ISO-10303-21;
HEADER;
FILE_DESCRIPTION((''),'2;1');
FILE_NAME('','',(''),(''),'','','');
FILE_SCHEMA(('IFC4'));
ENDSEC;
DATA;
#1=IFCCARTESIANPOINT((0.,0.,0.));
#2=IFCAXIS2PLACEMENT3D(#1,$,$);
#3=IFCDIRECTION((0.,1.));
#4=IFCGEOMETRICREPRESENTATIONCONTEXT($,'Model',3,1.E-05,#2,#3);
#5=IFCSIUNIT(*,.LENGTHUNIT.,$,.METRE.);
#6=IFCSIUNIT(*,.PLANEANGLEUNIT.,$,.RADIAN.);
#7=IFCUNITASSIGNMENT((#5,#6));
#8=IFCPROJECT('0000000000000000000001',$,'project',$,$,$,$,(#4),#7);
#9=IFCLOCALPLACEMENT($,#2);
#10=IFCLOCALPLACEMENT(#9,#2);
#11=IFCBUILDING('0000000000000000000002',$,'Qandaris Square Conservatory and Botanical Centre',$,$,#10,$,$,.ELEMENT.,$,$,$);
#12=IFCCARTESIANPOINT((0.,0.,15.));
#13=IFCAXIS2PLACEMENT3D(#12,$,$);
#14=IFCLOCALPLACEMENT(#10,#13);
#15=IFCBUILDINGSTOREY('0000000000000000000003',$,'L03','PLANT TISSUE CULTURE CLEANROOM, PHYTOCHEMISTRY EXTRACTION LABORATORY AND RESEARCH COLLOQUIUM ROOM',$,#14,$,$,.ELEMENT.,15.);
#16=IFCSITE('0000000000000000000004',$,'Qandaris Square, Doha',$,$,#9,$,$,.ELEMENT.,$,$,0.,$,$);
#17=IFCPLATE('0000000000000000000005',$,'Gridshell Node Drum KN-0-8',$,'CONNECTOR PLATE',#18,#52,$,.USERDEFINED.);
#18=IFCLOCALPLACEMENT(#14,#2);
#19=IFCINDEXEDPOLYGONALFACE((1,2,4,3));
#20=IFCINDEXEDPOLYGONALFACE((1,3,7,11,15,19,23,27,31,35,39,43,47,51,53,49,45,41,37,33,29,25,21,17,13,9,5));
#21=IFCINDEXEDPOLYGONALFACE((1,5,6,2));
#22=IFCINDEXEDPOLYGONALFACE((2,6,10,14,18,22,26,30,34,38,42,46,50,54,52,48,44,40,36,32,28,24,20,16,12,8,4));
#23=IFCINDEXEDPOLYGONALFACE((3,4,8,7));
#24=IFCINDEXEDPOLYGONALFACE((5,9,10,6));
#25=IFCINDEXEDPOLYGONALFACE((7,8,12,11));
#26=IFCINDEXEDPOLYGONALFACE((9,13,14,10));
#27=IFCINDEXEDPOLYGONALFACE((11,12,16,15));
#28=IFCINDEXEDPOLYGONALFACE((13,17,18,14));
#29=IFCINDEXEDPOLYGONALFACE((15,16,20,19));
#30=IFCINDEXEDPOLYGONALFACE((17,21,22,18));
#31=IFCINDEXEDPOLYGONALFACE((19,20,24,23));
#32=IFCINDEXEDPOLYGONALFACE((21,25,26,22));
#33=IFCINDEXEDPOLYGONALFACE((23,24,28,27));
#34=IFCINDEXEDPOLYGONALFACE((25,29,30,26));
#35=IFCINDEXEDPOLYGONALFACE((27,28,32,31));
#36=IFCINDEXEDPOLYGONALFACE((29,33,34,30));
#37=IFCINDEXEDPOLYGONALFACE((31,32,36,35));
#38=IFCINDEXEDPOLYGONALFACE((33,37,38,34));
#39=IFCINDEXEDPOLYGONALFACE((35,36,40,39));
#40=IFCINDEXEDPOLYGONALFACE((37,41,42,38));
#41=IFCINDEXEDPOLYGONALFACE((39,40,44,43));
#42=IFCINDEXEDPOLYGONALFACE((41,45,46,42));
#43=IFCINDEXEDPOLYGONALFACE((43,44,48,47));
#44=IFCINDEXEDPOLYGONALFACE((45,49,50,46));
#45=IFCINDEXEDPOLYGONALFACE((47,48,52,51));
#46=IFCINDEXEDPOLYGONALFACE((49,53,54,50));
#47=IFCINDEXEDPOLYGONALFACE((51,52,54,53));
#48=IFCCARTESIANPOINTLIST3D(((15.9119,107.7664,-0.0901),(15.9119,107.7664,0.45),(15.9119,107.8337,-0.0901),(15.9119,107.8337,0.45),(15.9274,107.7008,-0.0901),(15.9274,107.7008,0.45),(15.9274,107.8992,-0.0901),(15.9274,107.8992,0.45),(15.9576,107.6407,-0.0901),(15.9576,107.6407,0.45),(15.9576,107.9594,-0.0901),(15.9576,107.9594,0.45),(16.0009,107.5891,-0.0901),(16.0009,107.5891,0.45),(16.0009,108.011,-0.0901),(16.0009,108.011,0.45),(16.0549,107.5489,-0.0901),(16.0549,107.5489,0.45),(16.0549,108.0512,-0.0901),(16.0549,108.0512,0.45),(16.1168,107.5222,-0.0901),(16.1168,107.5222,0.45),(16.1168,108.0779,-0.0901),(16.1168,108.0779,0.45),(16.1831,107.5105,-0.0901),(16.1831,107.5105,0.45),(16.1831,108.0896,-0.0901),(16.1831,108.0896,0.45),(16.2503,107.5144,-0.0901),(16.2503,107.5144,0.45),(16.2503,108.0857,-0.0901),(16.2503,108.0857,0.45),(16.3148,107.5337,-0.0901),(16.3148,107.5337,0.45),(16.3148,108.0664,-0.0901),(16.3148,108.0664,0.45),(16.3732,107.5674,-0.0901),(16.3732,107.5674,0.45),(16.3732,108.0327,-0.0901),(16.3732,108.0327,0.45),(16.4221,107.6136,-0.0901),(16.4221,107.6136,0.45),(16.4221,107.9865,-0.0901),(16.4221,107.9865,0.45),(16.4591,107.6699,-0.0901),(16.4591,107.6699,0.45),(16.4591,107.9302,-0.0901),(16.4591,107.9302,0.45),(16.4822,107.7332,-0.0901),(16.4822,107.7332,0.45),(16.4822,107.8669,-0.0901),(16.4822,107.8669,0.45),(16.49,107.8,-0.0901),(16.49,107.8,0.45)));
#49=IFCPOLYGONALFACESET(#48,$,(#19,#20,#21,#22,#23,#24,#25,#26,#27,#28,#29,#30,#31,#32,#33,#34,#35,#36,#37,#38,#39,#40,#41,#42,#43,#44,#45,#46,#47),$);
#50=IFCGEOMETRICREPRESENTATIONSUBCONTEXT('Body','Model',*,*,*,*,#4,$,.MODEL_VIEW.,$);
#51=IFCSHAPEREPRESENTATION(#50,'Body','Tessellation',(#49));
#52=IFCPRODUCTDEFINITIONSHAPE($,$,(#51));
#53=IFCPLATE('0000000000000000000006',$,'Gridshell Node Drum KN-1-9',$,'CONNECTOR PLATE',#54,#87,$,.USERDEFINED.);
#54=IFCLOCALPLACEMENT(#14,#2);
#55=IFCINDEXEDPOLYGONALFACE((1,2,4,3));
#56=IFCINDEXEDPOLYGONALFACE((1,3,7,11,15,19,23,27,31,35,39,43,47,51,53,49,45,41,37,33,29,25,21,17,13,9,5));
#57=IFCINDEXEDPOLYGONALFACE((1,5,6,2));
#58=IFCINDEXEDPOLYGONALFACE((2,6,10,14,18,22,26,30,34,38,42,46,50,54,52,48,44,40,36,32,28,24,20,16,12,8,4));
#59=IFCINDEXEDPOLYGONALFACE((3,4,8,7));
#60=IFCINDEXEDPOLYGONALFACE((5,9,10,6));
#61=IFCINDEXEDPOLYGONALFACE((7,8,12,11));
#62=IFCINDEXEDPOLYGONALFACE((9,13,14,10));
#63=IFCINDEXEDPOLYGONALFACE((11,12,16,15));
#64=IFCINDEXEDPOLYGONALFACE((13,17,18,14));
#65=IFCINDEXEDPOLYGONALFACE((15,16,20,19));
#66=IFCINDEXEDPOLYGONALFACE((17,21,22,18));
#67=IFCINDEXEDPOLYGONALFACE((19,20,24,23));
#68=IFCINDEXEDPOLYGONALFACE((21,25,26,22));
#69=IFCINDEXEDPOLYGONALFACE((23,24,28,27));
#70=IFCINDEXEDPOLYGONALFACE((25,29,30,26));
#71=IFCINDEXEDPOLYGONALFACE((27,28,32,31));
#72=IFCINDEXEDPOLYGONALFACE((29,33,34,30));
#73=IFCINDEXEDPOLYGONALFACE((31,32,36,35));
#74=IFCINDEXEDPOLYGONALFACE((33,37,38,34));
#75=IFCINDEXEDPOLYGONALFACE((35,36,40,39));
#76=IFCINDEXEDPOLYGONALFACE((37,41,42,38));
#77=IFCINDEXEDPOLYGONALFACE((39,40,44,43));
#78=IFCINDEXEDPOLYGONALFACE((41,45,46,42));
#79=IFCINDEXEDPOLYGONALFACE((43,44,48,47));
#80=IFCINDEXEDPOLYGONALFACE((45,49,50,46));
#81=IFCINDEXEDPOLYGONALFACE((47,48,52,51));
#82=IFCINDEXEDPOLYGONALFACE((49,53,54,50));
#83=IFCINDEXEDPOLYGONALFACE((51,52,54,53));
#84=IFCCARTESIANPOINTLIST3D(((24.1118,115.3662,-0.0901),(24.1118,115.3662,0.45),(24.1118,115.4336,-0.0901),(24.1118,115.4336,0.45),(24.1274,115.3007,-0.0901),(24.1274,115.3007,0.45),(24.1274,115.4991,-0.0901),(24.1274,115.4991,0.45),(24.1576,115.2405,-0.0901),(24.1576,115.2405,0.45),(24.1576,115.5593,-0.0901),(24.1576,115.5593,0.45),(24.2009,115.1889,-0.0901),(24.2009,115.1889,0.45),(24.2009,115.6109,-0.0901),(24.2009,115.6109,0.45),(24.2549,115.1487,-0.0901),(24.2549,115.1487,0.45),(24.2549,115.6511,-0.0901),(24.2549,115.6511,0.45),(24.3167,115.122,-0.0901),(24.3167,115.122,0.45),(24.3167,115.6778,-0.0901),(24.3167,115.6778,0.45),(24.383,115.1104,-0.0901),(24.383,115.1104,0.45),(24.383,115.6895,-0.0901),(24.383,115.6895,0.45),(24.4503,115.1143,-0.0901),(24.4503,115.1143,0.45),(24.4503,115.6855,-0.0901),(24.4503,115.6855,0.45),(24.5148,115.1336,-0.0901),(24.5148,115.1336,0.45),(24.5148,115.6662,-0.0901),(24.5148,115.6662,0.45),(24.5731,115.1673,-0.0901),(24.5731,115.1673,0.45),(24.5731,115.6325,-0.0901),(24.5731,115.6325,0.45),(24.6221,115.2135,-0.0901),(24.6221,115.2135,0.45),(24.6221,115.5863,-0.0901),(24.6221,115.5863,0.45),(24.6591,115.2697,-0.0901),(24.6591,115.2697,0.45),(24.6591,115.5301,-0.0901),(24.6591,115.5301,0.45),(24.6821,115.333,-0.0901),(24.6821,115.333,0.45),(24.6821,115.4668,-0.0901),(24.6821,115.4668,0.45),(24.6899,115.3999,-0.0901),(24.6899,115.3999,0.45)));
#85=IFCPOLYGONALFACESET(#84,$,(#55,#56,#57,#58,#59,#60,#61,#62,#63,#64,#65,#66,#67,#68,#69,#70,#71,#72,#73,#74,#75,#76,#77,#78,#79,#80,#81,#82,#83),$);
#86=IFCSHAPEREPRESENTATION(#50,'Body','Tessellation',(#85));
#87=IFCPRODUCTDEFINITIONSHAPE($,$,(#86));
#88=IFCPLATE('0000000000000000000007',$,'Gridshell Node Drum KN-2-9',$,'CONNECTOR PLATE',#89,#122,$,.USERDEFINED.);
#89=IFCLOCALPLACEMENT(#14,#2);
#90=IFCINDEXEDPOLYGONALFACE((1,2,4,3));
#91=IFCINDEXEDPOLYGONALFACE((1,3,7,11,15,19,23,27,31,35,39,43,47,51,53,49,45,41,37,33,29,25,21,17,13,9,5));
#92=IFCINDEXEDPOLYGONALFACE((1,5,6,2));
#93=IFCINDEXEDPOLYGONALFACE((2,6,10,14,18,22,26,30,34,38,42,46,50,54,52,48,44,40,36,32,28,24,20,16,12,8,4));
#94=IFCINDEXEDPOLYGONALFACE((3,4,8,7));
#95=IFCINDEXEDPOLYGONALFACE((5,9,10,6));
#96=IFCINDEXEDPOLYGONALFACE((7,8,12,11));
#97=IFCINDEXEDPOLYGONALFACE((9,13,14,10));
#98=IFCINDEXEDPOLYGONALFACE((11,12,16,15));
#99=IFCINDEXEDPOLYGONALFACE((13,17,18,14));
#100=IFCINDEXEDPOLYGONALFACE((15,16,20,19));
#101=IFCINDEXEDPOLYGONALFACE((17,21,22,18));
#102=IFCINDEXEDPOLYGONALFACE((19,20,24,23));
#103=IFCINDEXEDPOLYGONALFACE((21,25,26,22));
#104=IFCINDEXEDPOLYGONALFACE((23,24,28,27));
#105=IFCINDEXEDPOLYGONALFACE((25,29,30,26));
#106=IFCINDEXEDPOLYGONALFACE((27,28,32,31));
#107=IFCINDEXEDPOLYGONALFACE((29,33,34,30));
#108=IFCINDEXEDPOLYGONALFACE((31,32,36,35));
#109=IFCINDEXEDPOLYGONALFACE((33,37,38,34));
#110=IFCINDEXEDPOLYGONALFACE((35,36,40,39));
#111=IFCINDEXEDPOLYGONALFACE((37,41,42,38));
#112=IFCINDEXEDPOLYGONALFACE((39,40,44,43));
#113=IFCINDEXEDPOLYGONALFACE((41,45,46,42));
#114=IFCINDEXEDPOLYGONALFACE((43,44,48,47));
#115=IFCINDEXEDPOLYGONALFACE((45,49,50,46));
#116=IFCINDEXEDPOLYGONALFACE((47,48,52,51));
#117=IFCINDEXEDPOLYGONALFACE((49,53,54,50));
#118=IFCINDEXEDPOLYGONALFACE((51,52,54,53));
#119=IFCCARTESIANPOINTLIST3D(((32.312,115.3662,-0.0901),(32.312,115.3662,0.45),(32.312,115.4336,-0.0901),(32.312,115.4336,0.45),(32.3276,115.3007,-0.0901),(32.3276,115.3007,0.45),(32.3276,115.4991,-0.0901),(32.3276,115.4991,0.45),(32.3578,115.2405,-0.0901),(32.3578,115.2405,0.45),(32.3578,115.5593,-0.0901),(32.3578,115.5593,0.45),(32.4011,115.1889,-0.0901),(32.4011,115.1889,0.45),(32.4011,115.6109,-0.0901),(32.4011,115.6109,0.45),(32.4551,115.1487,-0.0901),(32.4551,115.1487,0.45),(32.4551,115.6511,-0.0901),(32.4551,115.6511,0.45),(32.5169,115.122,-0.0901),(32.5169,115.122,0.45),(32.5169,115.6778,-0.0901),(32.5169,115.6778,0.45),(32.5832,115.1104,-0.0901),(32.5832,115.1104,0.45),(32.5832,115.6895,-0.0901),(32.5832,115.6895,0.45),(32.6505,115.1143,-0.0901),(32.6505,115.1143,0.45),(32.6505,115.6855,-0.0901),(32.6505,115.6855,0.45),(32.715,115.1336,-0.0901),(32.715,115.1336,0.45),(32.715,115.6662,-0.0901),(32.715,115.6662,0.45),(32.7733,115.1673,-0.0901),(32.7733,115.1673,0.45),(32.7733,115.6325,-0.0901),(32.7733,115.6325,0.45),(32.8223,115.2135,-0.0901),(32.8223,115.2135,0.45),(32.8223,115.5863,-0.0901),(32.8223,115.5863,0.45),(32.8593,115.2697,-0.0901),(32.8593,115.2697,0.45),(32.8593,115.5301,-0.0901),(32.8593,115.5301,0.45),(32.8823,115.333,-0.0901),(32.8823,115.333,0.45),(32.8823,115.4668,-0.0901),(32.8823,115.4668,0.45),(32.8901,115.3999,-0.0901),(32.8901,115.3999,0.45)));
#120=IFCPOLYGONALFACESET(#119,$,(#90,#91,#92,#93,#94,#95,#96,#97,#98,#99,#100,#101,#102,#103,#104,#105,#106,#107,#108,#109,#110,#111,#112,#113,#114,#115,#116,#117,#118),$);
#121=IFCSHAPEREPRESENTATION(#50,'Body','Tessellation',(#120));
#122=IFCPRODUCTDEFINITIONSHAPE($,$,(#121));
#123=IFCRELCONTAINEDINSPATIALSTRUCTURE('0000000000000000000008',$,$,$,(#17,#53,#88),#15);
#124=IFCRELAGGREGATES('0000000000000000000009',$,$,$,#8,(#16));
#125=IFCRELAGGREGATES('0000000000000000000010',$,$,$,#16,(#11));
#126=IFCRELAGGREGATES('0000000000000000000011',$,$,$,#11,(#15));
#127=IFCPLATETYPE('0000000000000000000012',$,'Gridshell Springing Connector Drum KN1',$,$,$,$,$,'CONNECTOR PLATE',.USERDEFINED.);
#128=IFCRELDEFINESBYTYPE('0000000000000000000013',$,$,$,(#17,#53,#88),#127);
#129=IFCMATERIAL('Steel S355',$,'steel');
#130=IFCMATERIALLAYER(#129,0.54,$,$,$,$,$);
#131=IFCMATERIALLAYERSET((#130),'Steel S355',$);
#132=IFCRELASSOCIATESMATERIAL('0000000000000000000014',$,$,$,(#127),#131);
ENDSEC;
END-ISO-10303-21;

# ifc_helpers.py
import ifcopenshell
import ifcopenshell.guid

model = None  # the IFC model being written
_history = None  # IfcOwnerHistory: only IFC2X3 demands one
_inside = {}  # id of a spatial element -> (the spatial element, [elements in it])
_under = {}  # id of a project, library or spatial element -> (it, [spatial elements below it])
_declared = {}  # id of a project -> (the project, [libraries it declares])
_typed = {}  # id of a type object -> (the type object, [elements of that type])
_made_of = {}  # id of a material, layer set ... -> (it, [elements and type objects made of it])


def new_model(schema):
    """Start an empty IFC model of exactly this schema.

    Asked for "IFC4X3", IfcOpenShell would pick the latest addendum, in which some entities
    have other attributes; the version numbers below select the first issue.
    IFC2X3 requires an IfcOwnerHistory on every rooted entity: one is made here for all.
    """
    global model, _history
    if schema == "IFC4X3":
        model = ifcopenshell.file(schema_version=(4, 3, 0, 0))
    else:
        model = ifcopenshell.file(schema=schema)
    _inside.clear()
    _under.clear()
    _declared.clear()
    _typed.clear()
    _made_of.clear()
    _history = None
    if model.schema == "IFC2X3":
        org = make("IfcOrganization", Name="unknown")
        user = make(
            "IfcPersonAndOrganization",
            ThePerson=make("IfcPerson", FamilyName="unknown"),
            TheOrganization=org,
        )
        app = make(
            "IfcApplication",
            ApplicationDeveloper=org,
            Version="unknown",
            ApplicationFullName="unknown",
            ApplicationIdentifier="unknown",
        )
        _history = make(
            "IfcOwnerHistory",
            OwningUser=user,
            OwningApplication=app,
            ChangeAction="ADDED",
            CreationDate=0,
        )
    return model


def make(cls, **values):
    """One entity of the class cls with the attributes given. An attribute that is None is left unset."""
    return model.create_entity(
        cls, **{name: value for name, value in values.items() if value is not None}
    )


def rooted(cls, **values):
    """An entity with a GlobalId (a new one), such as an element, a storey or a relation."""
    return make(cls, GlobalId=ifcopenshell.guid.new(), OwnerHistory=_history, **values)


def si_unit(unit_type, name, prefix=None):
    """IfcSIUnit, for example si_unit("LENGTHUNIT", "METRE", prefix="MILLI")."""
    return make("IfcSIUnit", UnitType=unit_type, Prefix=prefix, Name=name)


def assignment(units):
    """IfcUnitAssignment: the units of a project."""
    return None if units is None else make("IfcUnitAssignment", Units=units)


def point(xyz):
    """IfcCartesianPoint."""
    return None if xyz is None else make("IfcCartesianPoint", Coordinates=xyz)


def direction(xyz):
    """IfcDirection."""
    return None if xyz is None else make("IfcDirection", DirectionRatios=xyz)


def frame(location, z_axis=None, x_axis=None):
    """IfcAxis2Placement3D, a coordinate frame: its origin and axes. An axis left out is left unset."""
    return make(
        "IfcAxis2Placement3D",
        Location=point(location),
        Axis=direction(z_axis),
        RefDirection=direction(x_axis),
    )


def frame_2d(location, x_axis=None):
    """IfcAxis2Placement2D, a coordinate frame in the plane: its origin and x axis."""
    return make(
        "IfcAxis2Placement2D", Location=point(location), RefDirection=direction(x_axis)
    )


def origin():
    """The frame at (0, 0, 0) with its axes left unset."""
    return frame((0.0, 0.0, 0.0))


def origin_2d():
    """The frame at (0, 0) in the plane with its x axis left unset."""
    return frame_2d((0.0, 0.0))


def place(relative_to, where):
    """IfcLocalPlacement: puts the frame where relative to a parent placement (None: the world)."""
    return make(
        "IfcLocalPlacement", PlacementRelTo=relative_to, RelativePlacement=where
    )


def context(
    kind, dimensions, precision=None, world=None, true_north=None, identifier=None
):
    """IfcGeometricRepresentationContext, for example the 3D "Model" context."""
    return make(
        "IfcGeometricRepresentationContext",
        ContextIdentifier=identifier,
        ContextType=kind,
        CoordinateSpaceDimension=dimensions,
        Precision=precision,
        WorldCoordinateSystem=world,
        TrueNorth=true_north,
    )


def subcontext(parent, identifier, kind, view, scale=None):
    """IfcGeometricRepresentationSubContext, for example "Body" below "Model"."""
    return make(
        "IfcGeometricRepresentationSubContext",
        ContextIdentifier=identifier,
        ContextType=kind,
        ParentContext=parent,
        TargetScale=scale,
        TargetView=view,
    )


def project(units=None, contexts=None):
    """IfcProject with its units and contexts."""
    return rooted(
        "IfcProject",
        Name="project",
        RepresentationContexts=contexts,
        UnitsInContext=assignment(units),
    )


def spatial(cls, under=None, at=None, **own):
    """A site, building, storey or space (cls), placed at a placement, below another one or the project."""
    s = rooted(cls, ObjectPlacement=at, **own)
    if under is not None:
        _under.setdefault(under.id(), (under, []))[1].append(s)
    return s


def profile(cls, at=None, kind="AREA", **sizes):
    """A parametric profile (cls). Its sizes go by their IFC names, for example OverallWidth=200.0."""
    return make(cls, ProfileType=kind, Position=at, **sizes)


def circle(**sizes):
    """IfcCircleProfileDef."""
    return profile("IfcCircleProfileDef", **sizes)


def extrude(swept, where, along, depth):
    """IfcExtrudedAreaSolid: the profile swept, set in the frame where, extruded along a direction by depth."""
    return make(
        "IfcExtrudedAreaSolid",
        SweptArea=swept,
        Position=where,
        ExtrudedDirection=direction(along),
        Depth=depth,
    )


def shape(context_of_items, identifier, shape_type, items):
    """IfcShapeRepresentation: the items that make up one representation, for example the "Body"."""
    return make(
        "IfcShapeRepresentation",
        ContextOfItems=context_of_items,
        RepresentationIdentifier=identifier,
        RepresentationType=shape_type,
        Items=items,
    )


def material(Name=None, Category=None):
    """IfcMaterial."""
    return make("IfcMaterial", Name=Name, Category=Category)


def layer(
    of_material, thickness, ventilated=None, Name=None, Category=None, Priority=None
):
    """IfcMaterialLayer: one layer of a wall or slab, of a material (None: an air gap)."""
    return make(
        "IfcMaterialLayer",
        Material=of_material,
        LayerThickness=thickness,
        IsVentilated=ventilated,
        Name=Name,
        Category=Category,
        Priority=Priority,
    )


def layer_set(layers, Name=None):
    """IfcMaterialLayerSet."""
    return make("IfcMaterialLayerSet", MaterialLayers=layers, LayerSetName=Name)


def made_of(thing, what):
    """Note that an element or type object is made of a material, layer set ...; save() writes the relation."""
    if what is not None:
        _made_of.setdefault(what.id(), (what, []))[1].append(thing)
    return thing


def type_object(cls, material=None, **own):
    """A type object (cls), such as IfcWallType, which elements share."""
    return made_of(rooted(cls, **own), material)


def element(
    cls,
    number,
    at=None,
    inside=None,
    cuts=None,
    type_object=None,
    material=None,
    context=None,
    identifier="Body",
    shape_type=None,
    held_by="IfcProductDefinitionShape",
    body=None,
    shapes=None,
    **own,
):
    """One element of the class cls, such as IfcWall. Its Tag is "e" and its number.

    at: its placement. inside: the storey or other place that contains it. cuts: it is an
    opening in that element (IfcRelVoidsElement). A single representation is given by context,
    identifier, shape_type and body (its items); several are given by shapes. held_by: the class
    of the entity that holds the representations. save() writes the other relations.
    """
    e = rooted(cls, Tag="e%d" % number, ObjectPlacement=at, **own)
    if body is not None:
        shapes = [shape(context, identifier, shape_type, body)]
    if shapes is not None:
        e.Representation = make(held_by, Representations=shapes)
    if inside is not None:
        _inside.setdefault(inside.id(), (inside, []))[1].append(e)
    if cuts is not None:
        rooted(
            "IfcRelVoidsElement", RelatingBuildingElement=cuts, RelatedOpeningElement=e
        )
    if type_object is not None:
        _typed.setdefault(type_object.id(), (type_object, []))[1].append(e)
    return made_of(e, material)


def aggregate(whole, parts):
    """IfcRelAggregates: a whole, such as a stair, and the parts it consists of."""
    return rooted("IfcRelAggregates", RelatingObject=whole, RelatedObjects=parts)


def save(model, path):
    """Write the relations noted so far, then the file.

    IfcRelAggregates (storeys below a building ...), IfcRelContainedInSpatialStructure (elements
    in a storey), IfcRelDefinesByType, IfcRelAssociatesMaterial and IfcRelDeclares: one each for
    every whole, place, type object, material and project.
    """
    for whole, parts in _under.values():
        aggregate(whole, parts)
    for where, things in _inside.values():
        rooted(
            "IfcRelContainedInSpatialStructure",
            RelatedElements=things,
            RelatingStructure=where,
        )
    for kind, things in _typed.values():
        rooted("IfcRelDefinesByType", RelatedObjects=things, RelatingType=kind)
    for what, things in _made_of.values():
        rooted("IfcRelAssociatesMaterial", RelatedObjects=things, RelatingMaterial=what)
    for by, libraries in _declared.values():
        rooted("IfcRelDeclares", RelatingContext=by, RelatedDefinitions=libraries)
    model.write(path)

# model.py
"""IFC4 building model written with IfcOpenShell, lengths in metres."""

from ifc_helpers import new_model, si_unit, direction, frame, origin, origin_2d, place, context, subcontext, project, spatial, circle, extrude, material, layer, layer_set, type_object, element, save


model = new_model("IFC4")

# Units and contexts
model_context = context("Model", 3, precision=1e-05, world=origin(), true_north=direction((0.0, 1.0)))
body_context = subcontext(model_context, "Body", "Model", "MODEL_VIEW")
ifc_project = project(units=[si_unit("LENGTHUNIT", "METRE"), si_unit("PLANEANGLEUNIT", "RADIAN")], contexts=[model_context])

# Site, building, storey
site_placement = place(None, origin())
site = spatial("IfcSite", under=ifc_project, at=site_placement, Name="Qandaris Square, Doha", CompositionType="ELEMENT", RefElevation=0.0)
building_placement = place(site_placement, origin())
building = spatial("IfcBuilding", under=site, at=building_placement, Name="Qandaris Square Conservatory and Botanical Centre", CompositionType="ELEMENT")
storey_placement = place(building_placement, frame((0.0, 0.0, 15.0)))
storey = spatial("IfcBuildingStorey", under=building, at=storey_placement, Name="L03", Description="PLANT TISSUE CULTURE CLEANROOM, PHYTOCHEMISTRY EXTRACTION LABORATORY AND RESEARCH COLLOQUIUM ROOM", CompositionType="ELEMENT", Elevation=15.0)

# Shared definitions
ifc_material_1 = material(Name="Steel S355", Category="steel")

# Plates
ifc_layer_1 = layer(ifc_material_1, 0.54)
ifc_layer_set_1 = layer_set([ifc_layer_1], Name="Steel S355")
plate_type_1 = type_object("IfcPlateType", Name="Gridshell Springing Connector Drum KN1", ElementType="CONNECTOR PLATE", PredefinedType="USERDEFINED", material=ifc_layer_set_1)
for number, where, z_axis, x_axis, name in (
    (1, (16.2, 107.8, -0.0901), (0.0, 0.0, 1.0), (1.0, 0.0, 0.0), "Gridshell Node Drum KN-0-8"),
    (2, (24.3999, 115.3999, -0.0901), (0.0, 0.0, 1.0), (1.0, 0.0, 0.0), "Gridshell Node Drum KN-1-9"),
    (3, (32.6001, 115.3999, -0.0901), (0.0, 0.0, 1.0), (1.0, 0.0, 0.0), "Gridshell Node Drum KN-2-9"),
):
    element("IfcPlate", number, at=place(storey_placement, frame(where, z_axis=z_axis, x_axis=x_axis)), inside=storey, type_object=plate_type_1, Name=name, ObjectType="CONNECTOR PLATE", PredefinedType="USERDEFINED", context=body_context, shape_type="SweptSolid", body=[
        extrude(circle(Radius=0.29, at=origin_2d()), origin(), (0.0, 0.0, 1.0), 0.54),
    ])

save(model, "model.ifc")
